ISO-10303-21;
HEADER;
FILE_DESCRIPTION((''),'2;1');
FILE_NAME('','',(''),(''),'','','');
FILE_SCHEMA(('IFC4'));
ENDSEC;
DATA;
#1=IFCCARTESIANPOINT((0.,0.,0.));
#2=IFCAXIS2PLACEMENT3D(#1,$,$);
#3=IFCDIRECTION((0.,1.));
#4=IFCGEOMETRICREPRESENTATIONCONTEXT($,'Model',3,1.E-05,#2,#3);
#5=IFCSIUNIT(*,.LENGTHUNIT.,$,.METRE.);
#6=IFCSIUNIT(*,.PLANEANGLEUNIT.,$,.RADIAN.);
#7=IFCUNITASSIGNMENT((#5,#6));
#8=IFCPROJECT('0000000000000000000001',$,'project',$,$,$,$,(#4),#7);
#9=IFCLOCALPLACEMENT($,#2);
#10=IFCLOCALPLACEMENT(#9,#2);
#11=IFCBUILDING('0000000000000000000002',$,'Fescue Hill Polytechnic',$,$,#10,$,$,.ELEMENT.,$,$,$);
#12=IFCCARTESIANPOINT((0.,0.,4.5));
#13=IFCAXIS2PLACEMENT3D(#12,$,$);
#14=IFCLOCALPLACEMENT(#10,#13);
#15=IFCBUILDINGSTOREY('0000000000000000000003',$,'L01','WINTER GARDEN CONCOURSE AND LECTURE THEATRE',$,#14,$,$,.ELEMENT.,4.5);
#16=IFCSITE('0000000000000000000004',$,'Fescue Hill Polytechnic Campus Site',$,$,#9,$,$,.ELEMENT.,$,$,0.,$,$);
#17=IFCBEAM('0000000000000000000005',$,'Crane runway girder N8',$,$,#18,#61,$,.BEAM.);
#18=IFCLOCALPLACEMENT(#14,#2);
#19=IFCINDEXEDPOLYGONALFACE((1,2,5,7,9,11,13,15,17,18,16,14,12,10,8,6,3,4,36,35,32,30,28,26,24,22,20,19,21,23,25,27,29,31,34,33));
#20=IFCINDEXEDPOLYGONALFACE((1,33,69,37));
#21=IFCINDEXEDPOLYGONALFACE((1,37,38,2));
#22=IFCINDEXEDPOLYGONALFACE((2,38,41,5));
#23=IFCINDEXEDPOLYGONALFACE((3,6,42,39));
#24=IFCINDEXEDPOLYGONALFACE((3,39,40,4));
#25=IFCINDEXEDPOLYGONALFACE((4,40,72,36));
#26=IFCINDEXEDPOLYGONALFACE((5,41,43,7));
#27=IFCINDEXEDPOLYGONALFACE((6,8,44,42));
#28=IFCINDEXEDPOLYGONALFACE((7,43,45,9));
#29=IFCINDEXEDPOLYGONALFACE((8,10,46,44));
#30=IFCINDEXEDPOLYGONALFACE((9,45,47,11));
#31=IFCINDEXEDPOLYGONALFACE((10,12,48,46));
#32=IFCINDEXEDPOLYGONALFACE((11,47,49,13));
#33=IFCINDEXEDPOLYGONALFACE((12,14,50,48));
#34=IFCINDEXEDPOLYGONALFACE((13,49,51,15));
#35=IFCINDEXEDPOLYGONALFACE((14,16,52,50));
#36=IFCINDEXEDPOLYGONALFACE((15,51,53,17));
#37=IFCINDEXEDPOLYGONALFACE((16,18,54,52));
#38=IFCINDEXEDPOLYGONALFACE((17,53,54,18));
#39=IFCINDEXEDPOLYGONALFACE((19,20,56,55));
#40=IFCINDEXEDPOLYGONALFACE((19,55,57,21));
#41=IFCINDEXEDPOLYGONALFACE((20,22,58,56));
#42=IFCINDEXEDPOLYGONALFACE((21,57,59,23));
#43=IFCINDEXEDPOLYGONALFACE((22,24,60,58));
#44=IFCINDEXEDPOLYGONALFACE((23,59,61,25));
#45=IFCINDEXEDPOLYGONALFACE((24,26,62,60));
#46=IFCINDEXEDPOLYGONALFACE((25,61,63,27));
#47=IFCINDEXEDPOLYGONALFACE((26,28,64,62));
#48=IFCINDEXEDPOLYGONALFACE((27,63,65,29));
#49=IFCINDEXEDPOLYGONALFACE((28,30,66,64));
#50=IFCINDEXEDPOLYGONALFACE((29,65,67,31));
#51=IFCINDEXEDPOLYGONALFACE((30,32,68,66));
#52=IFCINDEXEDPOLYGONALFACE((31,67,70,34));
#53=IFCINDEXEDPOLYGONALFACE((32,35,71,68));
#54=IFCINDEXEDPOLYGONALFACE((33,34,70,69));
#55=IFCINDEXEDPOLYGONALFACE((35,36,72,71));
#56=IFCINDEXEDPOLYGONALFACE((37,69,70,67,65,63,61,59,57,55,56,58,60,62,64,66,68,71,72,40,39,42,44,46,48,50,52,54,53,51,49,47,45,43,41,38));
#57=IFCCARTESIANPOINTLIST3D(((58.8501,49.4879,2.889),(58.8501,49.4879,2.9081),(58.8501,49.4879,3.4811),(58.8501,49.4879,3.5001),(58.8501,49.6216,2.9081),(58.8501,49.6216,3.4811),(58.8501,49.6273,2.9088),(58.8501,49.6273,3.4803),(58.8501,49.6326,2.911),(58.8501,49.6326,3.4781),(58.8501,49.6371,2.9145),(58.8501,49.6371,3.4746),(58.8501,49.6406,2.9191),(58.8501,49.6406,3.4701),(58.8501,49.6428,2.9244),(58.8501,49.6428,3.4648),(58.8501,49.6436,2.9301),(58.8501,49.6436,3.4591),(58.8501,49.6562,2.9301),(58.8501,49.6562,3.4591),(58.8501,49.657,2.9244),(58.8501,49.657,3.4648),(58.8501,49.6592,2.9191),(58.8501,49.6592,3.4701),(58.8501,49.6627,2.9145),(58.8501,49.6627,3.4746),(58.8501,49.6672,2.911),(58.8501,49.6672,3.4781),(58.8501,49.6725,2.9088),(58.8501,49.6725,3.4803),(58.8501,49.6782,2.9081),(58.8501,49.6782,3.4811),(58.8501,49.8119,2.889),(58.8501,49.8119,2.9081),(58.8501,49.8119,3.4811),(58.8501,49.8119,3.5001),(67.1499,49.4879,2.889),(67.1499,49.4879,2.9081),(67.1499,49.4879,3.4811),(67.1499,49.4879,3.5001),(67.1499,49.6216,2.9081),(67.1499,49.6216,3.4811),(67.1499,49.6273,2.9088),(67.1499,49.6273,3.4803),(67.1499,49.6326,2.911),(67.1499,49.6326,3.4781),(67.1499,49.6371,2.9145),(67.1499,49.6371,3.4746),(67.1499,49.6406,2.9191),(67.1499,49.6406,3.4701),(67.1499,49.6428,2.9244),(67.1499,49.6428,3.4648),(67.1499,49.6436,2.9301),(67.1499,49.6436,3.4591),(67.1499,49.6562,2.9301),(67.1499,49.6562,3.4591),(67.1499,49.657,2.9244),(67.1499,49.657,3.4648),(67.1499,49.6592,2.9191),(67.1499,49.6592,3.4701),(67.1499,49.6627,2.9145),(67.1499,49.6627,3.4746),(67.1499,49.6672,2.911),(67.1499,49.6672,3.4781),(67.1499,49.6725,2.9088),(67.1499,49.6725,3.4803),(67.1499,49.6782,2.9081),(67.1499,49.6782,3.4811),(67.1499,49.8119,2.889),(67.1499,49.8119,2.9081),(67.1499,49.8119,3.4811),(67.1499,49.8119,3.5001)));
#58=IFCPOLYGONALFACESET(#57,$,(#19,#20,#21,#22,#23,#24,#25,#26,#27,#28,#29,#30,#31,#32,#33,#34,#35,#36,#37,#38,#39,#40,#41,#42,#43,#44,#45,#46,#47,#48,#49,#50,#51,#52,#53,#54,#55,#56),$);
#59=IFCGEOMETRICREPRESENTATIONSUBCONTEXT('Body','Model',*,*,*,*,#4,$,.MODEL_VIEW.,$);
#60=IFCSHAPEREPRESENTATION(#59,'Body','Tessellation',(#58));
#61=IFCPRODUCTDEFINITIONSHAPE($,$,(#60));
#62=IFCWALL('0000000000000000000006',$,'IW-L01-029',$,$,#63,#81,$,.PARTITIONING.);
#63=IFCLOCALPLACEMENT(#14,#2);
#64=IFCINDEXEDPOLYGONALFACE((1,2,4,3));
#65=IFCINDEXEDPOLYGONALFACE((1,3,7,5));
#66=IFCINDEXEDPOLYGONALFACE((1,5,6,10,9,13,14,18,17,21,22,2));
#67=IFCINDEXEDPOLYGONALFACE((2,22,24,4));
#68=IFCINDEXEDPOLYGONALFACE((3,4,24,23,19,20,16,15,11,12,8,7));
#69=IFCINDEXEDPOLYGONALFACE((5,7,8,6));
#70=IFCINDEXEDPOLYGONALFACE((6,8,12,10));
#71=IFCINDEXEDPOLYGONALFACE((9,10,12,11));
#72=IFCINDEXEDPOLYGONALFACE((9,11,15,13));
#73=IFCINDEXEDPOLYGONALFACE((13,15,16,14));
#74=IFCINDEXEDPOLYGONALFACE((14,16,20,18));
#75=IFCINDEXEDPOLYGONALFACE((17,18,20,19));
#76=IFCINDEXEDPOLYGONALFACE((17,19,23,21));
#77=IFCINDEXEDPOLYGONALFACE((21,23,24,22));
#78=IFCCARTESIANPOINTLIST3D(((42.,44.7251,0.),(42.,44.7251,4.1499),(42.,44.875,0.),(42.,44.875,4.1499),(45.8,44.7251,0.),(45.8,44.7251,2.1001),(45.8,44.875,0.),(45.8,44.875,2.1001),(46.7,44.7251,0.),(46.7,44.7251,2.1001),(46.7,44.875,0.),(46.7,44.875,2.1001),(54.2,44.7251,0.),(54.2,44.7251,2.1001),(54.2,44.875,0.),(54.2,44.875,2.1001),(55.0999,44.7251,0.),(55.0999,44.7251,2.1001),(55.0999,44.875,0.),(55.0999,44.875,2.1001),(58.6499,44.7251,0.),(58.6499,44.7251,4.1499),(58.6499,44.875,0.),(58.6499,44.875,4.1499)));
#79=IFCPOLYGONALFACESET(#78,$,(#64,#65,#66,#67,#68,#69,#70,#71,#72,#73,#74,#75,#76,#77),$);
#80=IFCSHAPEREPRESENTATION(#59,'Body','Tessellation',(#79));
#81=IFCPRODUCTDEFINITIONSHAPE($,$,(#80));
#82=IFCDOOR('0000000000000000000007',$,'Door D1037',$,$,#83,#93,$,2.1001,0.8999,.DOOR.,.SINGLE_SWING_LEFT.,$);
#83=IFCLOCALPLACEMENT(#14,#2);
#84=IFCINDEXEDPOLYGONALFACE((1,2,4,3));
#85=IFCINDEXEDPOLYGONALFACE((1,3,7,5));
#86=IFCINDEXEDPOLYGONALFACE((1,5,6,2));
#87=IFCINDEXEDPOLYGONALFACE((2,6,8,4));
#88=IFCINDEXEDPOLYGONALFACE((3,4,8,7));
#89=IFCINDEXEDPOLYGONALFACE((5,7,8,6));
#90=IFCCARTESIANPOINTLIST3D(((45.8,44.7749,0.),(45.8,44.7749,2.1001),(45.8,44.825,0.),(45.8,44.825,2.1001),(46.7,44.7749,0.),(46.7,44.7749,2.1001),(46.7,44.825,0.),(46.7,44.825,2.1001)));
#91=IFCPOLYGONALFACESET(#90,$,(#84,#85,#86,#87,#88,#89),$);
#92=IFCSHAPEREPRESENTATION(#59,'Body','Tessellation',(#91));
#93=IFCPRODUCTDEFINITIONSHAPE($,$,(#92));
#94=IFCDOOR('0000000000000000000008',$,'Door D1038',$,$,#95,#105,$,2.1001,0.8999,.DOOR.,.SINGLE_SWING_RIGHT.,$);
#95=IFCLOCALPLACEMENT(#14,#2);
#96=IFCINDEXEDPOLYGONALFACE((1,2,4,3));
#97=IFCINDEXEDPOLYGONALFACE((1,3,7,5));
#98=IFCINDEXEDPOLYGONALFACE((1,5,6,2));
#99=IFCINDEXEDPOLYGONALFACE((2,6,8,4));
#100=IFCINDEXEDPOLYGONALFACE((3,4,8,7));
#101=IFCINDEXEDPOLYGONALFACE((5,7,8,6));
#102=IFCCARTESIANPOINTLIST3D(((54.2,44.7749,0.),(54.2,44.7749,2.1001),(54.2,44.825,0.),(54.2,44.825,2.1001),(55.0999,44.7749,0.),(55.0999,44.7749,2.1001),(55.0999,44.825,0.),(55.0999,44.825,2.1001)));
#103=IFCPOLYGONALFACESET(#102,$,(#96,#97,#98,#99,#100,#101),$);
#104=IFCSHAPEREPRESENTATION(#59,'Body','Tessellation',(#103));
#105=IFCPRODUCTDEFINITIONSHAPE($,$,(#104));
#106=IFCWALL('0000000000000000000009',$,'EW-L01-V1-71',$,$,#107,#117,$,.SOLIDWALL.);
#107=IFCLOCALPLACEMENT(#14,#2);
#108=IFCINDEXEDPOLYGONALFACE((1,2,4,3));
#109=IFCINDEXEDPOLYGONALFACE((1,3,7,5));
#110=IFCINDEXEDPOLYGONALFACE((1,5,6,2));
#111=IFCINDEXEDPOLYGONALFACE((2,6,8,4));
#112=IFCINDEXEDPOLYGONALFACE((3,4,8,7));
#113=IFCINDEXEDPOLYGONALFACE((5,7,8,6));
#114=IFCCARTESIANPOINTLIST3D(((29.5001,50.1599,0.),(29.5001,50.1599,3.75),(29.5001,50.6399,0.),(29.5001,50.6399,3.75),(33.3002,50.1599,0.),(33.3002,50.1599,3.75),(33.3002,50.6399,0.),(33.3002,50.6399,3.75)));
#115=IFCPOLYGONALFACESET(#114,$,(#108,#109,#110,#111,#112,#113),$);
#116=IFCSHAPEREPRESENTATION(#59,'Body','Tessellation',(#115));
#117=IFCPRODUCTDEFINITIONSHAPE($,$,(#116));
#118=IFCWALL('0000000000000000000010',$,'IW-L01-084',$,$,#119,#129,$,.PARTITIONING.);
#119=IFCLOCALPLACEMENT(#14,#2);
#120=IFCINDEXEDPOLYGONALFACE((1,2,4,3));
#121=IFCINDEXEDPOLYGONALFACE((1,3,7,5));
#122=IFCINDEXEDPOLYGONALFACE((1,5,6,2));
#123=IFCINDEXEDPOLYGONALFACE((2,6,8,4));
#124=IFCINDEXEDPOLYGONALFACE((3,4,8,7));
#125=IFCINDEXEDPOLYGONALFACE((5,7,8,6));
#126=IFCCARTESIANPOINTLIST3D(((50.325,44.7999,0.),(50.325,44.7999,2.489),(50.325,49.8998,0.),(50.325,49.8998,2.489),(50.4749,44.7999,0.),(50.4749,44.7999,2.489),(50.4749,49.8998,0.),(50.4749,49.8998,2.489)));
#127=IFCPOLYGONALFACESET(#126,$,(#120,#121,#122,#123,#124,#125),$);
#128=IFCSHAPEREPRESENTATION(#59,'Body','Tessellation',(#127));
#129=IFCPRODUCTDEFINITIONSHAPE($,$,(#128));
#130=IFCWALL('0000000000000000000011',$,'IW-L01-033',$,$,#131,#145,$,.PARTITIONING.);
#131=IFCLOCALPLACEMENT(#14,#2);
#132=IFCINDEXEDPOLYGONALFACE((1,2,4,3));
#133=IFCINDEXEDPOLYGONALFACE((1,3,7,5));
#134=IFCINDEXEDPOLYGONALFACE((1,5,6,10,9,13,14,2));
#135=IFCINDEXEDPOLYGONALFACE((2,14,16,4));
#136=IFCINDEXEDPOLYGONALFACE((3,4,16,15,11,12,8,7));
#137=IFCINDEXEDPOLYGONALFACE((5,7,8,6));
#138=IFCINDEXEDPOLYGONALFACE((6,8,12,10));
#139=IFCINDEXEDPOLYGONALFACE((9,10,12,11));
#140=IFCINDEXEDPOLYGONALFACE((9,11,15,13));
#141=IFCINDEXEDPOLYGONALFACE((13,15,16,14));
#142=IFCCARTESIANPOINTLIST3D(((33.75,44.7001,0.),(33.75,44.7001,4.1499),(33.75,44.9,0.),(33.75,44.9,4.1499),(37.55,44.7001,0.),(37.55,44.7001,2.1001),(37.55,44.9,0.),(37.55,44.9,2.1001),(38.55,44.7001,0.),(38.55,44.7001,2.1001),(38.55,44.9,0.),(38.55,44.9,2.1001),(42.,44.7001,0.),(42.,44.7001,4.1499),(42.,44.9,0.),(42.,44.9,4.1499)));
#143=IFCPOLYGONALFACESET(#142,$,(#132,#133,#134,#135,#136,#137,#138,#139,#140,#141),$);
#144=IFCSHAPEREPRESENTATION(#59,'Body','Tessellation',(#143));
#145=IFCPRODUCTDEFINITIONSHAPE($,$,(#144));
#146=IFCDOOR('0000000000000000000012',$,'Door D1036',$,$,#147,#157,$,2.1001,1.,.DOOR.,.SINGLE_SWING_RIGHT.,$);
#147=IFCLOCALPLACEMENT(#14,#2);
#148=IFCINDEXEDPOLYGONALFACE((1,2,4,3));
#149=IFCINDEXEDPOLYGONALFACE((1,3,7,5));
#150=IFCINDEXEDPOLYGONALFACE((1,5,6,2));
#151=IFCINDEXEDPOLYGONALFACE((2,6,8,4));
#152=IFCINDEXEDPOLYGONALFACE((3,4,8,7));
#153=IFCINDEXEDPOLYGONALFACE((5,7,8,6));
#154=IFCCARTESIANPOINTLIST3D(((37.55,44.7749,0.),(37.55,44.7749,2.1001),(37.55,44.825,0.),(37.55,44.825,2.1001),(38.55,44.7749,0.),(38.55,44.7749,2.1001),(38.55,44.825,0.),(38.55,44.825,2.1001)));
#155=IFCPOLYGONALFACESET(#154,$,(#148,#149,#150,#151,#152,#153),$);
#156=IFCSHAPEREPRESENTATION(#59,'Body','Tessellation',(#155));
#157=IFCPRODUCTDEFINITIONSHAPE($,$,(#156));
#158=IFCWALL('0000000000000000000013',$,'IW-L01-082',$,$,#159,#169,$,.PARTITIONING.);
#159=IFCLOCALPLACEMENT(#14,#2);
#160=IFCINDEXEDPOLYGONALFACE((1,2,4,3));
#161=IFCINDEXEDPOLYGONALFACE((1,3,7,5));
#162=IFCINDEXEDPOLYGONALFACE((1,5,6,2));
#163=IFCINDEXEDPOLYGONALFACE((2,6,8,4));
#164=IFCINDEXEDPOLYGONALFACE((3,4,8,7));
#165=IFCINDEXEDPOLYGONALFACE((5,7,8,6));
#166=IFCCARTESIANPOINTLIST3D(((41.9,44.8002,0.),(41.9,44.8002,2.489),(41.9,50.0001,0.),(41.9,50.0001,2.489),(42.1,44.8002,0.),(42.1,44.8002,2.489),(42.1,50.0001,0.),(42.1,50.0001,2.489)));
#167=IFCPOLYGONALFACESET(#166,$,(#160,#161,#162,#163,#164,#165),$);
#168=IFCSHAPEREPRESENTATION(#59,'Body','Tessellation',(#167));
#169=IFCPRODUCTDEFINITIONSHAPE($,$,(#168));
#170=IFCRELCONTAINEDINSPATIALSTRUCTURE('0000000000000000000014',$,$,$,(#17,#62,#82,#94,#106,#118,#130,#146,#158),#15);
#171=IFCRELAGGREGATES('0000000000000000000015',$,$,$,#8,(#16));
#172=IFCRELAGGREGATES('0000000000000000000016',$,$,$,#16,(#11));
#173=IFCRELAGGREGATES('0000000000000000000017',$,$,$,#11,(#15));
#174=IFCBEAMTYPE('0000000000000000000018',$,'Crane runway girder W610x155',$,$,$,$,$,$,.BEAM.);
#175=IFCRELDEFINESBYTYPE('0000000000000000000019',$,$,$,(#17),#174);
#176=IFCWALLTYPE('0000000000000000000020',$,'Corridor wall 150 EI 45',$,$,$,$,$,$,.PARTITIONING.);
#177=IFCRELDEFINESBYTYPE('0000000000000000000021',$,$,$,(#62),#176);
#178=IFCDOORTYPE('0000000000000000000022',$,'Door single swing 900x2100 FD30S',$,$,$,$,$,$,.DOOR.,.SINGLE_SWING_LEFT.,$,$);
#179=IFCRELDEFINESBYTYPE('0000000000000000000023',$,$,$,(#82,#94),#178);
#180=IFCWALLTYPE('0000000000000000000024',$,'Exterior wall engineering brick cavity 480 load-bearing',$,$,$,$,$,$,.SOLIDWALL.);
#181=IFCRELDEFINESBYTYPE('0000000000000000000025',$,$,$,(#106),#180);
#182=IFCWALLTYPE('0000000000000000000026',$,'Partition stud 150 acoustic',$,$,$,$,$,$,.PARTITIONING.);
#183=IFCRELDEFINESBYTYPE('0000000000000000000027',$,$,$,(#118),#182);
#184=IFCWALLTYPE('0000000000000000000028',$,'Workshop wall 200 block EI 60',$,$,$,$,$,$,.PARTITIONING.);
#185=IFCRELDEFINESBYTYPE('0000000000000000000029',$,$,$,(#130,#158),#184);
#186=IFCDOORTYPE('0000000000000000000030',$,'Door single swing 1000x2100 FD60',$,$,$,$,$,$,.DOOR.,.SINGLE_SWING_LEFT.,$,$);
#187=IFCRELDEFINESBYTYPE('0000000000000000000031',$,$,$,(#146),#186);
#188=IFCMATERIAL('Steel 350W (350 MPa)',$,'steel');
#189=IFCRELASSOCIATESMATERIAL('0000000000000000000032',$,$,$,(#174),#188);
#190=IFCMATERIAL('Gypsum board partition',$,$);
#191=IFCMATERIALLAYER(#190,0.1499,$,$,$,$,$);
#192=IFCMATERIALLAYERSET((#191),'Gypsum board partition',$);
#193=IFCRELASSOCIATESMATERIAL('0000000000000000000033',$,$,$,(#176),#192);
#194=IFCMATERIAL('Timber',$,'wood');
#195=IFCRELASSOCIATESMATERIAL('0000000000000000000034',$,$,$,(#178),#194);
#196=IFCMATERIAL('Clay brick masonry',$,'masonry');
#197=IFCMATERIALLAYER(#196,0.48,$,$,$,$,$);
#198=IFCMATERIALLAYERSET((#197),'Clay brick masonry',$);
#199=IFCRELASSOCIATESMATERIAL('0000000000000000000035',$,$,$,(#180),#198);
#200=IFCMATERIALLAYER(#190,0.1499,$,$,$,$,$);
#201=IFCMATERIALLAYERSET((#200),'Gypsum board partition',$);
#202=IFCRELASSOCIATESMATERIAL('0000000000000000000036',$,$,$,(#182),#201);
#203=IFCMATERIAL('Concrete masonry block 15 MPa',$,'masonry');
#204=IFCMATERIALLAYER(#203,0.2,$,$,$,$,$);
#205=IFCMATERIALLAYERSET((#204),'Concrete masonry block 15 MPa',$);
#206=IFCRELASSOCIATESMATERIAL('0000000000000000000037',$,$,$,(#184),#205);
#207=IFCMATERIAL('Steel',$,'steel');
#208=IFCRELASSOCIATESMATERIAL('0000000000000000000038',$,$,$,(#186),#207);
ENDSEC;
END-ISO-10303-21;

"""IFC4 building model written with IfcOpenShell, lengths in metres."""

from ifc_helpers import new_model, si_unit, direction, frame, frame_2d, origin, origin_2d, place, context, subcontext, project, spatial, rectangle, i_section, extrude, material, layer, layer_set, material_profile, profile_set, type_object, element, fill, save


model = new_model("IFC4")

# Units and contexts
model_context = context("Model", 3, precision=1e-05, world=origin(), true_north=direction((0.0, 1.0)))
body_context = subcontext(model_context, "Body", "Model", "MODEL_VIEW")
ifc_project = project(units=[si_unit("LENGTHUNIT", "METRE"), si_unit("PLANEANGLEUNIT", "RADIAN")], contexts=[model_context])

# Site, building, storey
site_placement = place(None, origin())
site = spatial("IfcSite", under=ifc_project, at=site_placement, Name="Fescue Hill Polytechnic Campus Site", CompositionType="ELEMENT", RefElevation=0.0)
building_placement = place(site_placement, origin())
building = spatial("IfcBuilding", under=site, at=building_placement, Name="Fescue Hill Polytechnic", CompositionType="ELEMENT")
storey_placement = place(building_placement, frame((0.0, 0.0, 4.5)))
storey = spatial("IfcBuildingStorey", under=building, at=storey_placement, Name="L01", Description="WINTER GARDEN CONCOURSE AND LECTURE THEATRE", CompositionType="ELEMENT", Elevation=4.5)

# Beam
ifc_material_1 = material(Name="Steel 350W (350 MPa)", Category="steel")
ifc_material_profile_1 = material_profile(ifc_material_1, i_section(OverallWidth=0.324, OverallDepth=0.6111, WebThickness=0.0127, FlangeThickness=0.019, FilletRadius=0.022, at=origin_2d()), Name="W610x155")
ifc_profile_set_1 = profile_set([ifc_material_profile_1], Name="Steel 350W (350 MPa)")
beam_type_1 = type_object("IfcBeamType", Name="Crane runway girder W610x155", PredefinedType="BEAM", material=ifc_profile_set_1)
beam_placement = place(storey_placement, frame((58.8501, 49.6499, 3.1946), z_axis=(1.0, 0.0, 0.0), x_axis=(0.0, 1.0, 0.0)))
element("IfcBeam", 1, at=beam_placement, inside=storey, type_object=beam_type_1, Name="Crane runway girder N8", PredefinedType="BEAM", context=body_context, shape_type="SweptSolid", body=[
    extrude(i_section(OverallWidth=0.324, OverallDepth=0.6111, WebThickness=0.0127, FlangeThickness=0.019, FilletRadius=0.022, at=origin_2d()), origin(), (0.0, 0.0, 1.0), 8.2998),
])

# Wall, openings, doors
ifc_material_2 = material(Name="Gypsum board partition")
ifc_layer_1 = layer(ifc_material_2, 0.1499)
ifc_layer_set_1 = layer_set([ifc_layer_1], Name="Gypsum board partition")
wall_type_1 = type_object("IfcWallType", Name="Corridor wall 150 EI 45", PredefinedType="PARTITIONING", material=ifc_layer_set_1)
wall_1_placement = place(storey_placement, frame((42.0, 44.8, 0.0), z_axis=(0.0, 0.0, 1.0), x_axis=(1.0, 0.0, 0.0)))
wall_1 = element("IfcWall", 2, at=wall_1_placement, inside=storey, type_object=wall_type_1, Name="IW-L01-029", PredefinedType="PARTITIONING", context=body_context, shape_type="SweptSolid", body=[
    extrude(rectangle(XDim=16.6499, YDim=0.1499, at=frame_2d((8.325, 0.0))), origin(), (0.0, 0.0, 1.0), 4.1499),
])
opening_1_placement = place(wall_1_placement, frame((3.8, 0.0, 0.0)))
opening_1 = element("IfcOpeningElement", 3, at=opening_1_placement, cuts=wall_1, PredefinedType="OPENING", context=body_context, shape_type="SweptSolid", body=[
    extrude(rectangle(XDim=0.8999, YDim=2.1001, at=frame_2d((0.45, 1.05))), frame((0.0, 0.085, 0.0), z_axis=(0.0, -1.0, 0.0), x_axis=(1.0, 0.0, 0.0)), (0.0, 0.0, 1.0), 0.1699),
])
opening_2_placement = place(wall_1_placement, frame((12.2, 0.0, 0.0)))
opening_2 = element("IfcOpeningElement", 4, at=opening_2_placement, cuts=wall_1, PredefinedType="OPENING", context=body_context, shape_type="SweptSolid", body=[
    extrude(rectangle(XDim=0.8999, YDim=2.1001, at=frame_2d((0.45, 1.05))), frame((0.0, 0.085, 0.0), z_axis=(0.0, -1.0, 0.0), x_axis=(1.0, 0.0, 0.0)), (0.0, 0.0, 1.0), 0.1699),
])
ifc_material_3 = material(Name="Timber", Category="wood")
door_type_1 = type_object("IfcDoorType", Name="Door single swing 900x2100 FD30S", OperationType="SINGLE_SWING_LEFT", PredefinedType="DOOR", material=ifc_material_3)
door_1_placement = place(opening_1_placement, origin())
door_1 = element("IfcDoor", 5, at=door_1_placement, inside=storey, type_object=door_type_1, Name="Door D1037", OperationType="SINGLE_SWING_LEFT", OverallHeight=2.1001, OverallWidth=0.8999, PredefinedType="DOOR", context=body_context, shape_type="SweptSolid", body=[
    extrude(rectangle(XDim=0.8999, YDim=2.1001, at=frame_2d((0.45, 1.05))), frame((0.0, 0.0249, 0.0), z_axis=(0.0, -1.0, 0.0), x_axis=(1.0, 0.0, 0.0)), (0.0, 0.0, 1.0), 0.05),
])
fill(opening_1, door_1)
door_2_placement = place(opening_2_placement, origin())
door_2 = element("IfcDoor", 6, at=door_2_placement, inside=storey, type_object=door_type_1, Name="Door D1038", OperationType="SINGLE_SWING_RIGHT", OverallHeight=2.1001, OverallWidth=0.8999, PredefinedType="DOOR", context=body_context, shape_type="SweptSolid", body=[
    extrude(rectangle(XDim=0.8999, YDim=2.1001, at=frame_2d((0.45, 1.05))), frame((0.0, 0.0249, 0.0), z_axis=(0.0, -1.0, 0.0), x_axis=(1.0, 0.0, 0.0)), (0.0, 0.0, 1.0), 0.05),
])
fill(opening_2, door_2)

# Walls
ifc_material_4 = material(Name="Clay brick masonry", Category="masonry")
ifc_layer_2 = layer(ifc_material_4, 0.48)
ifc_layer_set_2 = layer_set([ifc_layer_2], Name="Clay brick masonry")
wall_type_2 = type_object("IfcWallType", Name="Exterior wall engineering brick cavity 480 load-bearing", PredefinedType="SOLIDWALL", material=ifc_layer_set_2)
wall_2_placement = place(storey_placement, frame((33.3, 50.3999, 0.0), z_axis=(0.0, 0.0, 1.0), x_axis=(-1.0, 0.0, 0.0)))
element("IfcWall", 7, at=wall_2_placement, inside=storey, type_object=wall_type_2, Name="EW-L01-V1-71", PredefinedType="SOLIDWALL", context=body_context, shape_type="SweptSolid", body=[
    extrude(rectangle(XDim=3.8, YDim=0.48, at=frame_2d((1.8999, 0.0))), origin(), (0.0, 0.0, 1.0), 3.75),
])
ifc_layer_3 = layer(ifc_material_2, 0.1499)
ifc_layer_set_3 = layer_set([ifc_layer_3], Name="Gypsum board partition")
wall_type_3 = type_object("IfcWallType", Name="Partition stud 150 acoustic", PredefinedType="PARTITIONING", material=ifc_layer_set_3)
wall_3_placement = place(storey_placement, frame((50.3999, 44.8, 0.0), z_axis=(0.0, 0.0, 1.0), x_axis=(0.0, 1.0, 0.0)))
element("IfcWall", 8, at=wall_3_placement, inside=storey, type_object=wall_type_3, Name="IW-L01-084", PredefinedType="PARTITIONING", context=body_context, shape_type="SweptSolid", body=[
    extrude(rectangle(XDim=5.0999, YDim=0.1499, at=frame_2d((2.5498, 0.0))), origin(), (0.0, 0.0, 1.0), 2.489),
])

# Wall, opening, door
ifc_material_5 = material(Name="Concrete masonry block 15 MPa", Category="masonry")
ifc_layer_4 = layer(ifc_material_5, 0.2)
ifc_layer_set_4 = layer_set([ifc_layer_4], Name="Concrete masonry block 15 MPa")
wall_type_4 = type_object("IfcWallType", Name="Workshop wall 200 block EI 60", PredefinedType="PARTITIONING", material=ifc_layer_set_4)
wall_4_placement = place(storey_placement, frame((33.75, 44.8, 0.0), z_axis=(0.0, 0.0, 1.0), x_axis=(1.0, 0.0, 0.0)))
wall_4 = element("IfcWall", 9, at=wall_4_placement, inside=storey, type_object=wall_type_4, Name="IW-L01-033", PredefinedType="PARTITIONING", context=body_context, shape_type="SweptSolid", body=[
    extrude(rectangle(XDim=8.25, YDim=0.2, at=frame_2d((4.125, 0.0))), origin(), (0.0, 0.0, 1.0), 4.1499),
])
opening_3_placement = place(wall_4_placement, frame((3.8, 0.0, 0.0)))
opening_3 = element("IfcOpeningElement", 10, at=opening_3_placement, cuts=wall_4, PredefinedType="OPENING", context=body_context, shape_type="SweptSolid", body=[
    extrude(rectangle(XDim=1.0, YDim=2.1001, at=frame_2d((0.5, 1.05))), frame((0.0, 0.1099, 0.0), z_axis=(0.0, -1.0, 0.0), x_axis=(1.0, 0.0, 0.0)), (0.0, 0.0, 1.0), 0.22),
])
ifc_material_6 = material(Name="Steel", Category="steel")
door_type_2 = type_object("IfcDoorType", Name="Door single swing 1000x2100 FD60", OperationType="SINGLE_SWING_LEFT", PredefinedType="DOOR", material=ifc_material_6)
door_3_placement = place(opening_3_placement, origin())
door_3 = element("IfcDoor", 11, at=door_3_placement, inside=storey, type_object=door_type_2, Name="Door D1036", OperationType="SINGLE_SWING_RIGHT", OverallHeight=2.1001, OverallWidth=1.0, PredefinedType="DOOR", context=body_context, shape_type="SweptSolid", body=[
    extrude(rectangle(XDim=1.0, YDim=2.1001, at=frame_2d((0.5, 1.05))), frame((0.0, 0.0249, 0.0), z_axis=(0.0, -1.0, 0.0), x_axis=(1.0, 0.0, 0.0)), (0.0, 0.0, 1.0), 0.05),
])
fill(opening_3, door_3)

# Wall
wall_5_placement = place(storey_placement, frame((42.0, 44.8, 0.0), z_axis=(0.0, 0.0, 1.0), x_axis=(0.0, 1.0, 0.0)))
element("IfcWall", 12, at=wall_5_placement, inside=storey, type_object=wall_type_4, Name="IW-L01-082", PredefinedType="PARTITIONING", context=body_context, shape_type="SweptSolid", body=[
    extrude(rectangle(XDim=5.2, YDim=0.2, at=frame_2d((2.6001, 0.0))), origin(), (0.0, 0.0, 1.0), 2.489),
])

save(model, "model.ifc")
